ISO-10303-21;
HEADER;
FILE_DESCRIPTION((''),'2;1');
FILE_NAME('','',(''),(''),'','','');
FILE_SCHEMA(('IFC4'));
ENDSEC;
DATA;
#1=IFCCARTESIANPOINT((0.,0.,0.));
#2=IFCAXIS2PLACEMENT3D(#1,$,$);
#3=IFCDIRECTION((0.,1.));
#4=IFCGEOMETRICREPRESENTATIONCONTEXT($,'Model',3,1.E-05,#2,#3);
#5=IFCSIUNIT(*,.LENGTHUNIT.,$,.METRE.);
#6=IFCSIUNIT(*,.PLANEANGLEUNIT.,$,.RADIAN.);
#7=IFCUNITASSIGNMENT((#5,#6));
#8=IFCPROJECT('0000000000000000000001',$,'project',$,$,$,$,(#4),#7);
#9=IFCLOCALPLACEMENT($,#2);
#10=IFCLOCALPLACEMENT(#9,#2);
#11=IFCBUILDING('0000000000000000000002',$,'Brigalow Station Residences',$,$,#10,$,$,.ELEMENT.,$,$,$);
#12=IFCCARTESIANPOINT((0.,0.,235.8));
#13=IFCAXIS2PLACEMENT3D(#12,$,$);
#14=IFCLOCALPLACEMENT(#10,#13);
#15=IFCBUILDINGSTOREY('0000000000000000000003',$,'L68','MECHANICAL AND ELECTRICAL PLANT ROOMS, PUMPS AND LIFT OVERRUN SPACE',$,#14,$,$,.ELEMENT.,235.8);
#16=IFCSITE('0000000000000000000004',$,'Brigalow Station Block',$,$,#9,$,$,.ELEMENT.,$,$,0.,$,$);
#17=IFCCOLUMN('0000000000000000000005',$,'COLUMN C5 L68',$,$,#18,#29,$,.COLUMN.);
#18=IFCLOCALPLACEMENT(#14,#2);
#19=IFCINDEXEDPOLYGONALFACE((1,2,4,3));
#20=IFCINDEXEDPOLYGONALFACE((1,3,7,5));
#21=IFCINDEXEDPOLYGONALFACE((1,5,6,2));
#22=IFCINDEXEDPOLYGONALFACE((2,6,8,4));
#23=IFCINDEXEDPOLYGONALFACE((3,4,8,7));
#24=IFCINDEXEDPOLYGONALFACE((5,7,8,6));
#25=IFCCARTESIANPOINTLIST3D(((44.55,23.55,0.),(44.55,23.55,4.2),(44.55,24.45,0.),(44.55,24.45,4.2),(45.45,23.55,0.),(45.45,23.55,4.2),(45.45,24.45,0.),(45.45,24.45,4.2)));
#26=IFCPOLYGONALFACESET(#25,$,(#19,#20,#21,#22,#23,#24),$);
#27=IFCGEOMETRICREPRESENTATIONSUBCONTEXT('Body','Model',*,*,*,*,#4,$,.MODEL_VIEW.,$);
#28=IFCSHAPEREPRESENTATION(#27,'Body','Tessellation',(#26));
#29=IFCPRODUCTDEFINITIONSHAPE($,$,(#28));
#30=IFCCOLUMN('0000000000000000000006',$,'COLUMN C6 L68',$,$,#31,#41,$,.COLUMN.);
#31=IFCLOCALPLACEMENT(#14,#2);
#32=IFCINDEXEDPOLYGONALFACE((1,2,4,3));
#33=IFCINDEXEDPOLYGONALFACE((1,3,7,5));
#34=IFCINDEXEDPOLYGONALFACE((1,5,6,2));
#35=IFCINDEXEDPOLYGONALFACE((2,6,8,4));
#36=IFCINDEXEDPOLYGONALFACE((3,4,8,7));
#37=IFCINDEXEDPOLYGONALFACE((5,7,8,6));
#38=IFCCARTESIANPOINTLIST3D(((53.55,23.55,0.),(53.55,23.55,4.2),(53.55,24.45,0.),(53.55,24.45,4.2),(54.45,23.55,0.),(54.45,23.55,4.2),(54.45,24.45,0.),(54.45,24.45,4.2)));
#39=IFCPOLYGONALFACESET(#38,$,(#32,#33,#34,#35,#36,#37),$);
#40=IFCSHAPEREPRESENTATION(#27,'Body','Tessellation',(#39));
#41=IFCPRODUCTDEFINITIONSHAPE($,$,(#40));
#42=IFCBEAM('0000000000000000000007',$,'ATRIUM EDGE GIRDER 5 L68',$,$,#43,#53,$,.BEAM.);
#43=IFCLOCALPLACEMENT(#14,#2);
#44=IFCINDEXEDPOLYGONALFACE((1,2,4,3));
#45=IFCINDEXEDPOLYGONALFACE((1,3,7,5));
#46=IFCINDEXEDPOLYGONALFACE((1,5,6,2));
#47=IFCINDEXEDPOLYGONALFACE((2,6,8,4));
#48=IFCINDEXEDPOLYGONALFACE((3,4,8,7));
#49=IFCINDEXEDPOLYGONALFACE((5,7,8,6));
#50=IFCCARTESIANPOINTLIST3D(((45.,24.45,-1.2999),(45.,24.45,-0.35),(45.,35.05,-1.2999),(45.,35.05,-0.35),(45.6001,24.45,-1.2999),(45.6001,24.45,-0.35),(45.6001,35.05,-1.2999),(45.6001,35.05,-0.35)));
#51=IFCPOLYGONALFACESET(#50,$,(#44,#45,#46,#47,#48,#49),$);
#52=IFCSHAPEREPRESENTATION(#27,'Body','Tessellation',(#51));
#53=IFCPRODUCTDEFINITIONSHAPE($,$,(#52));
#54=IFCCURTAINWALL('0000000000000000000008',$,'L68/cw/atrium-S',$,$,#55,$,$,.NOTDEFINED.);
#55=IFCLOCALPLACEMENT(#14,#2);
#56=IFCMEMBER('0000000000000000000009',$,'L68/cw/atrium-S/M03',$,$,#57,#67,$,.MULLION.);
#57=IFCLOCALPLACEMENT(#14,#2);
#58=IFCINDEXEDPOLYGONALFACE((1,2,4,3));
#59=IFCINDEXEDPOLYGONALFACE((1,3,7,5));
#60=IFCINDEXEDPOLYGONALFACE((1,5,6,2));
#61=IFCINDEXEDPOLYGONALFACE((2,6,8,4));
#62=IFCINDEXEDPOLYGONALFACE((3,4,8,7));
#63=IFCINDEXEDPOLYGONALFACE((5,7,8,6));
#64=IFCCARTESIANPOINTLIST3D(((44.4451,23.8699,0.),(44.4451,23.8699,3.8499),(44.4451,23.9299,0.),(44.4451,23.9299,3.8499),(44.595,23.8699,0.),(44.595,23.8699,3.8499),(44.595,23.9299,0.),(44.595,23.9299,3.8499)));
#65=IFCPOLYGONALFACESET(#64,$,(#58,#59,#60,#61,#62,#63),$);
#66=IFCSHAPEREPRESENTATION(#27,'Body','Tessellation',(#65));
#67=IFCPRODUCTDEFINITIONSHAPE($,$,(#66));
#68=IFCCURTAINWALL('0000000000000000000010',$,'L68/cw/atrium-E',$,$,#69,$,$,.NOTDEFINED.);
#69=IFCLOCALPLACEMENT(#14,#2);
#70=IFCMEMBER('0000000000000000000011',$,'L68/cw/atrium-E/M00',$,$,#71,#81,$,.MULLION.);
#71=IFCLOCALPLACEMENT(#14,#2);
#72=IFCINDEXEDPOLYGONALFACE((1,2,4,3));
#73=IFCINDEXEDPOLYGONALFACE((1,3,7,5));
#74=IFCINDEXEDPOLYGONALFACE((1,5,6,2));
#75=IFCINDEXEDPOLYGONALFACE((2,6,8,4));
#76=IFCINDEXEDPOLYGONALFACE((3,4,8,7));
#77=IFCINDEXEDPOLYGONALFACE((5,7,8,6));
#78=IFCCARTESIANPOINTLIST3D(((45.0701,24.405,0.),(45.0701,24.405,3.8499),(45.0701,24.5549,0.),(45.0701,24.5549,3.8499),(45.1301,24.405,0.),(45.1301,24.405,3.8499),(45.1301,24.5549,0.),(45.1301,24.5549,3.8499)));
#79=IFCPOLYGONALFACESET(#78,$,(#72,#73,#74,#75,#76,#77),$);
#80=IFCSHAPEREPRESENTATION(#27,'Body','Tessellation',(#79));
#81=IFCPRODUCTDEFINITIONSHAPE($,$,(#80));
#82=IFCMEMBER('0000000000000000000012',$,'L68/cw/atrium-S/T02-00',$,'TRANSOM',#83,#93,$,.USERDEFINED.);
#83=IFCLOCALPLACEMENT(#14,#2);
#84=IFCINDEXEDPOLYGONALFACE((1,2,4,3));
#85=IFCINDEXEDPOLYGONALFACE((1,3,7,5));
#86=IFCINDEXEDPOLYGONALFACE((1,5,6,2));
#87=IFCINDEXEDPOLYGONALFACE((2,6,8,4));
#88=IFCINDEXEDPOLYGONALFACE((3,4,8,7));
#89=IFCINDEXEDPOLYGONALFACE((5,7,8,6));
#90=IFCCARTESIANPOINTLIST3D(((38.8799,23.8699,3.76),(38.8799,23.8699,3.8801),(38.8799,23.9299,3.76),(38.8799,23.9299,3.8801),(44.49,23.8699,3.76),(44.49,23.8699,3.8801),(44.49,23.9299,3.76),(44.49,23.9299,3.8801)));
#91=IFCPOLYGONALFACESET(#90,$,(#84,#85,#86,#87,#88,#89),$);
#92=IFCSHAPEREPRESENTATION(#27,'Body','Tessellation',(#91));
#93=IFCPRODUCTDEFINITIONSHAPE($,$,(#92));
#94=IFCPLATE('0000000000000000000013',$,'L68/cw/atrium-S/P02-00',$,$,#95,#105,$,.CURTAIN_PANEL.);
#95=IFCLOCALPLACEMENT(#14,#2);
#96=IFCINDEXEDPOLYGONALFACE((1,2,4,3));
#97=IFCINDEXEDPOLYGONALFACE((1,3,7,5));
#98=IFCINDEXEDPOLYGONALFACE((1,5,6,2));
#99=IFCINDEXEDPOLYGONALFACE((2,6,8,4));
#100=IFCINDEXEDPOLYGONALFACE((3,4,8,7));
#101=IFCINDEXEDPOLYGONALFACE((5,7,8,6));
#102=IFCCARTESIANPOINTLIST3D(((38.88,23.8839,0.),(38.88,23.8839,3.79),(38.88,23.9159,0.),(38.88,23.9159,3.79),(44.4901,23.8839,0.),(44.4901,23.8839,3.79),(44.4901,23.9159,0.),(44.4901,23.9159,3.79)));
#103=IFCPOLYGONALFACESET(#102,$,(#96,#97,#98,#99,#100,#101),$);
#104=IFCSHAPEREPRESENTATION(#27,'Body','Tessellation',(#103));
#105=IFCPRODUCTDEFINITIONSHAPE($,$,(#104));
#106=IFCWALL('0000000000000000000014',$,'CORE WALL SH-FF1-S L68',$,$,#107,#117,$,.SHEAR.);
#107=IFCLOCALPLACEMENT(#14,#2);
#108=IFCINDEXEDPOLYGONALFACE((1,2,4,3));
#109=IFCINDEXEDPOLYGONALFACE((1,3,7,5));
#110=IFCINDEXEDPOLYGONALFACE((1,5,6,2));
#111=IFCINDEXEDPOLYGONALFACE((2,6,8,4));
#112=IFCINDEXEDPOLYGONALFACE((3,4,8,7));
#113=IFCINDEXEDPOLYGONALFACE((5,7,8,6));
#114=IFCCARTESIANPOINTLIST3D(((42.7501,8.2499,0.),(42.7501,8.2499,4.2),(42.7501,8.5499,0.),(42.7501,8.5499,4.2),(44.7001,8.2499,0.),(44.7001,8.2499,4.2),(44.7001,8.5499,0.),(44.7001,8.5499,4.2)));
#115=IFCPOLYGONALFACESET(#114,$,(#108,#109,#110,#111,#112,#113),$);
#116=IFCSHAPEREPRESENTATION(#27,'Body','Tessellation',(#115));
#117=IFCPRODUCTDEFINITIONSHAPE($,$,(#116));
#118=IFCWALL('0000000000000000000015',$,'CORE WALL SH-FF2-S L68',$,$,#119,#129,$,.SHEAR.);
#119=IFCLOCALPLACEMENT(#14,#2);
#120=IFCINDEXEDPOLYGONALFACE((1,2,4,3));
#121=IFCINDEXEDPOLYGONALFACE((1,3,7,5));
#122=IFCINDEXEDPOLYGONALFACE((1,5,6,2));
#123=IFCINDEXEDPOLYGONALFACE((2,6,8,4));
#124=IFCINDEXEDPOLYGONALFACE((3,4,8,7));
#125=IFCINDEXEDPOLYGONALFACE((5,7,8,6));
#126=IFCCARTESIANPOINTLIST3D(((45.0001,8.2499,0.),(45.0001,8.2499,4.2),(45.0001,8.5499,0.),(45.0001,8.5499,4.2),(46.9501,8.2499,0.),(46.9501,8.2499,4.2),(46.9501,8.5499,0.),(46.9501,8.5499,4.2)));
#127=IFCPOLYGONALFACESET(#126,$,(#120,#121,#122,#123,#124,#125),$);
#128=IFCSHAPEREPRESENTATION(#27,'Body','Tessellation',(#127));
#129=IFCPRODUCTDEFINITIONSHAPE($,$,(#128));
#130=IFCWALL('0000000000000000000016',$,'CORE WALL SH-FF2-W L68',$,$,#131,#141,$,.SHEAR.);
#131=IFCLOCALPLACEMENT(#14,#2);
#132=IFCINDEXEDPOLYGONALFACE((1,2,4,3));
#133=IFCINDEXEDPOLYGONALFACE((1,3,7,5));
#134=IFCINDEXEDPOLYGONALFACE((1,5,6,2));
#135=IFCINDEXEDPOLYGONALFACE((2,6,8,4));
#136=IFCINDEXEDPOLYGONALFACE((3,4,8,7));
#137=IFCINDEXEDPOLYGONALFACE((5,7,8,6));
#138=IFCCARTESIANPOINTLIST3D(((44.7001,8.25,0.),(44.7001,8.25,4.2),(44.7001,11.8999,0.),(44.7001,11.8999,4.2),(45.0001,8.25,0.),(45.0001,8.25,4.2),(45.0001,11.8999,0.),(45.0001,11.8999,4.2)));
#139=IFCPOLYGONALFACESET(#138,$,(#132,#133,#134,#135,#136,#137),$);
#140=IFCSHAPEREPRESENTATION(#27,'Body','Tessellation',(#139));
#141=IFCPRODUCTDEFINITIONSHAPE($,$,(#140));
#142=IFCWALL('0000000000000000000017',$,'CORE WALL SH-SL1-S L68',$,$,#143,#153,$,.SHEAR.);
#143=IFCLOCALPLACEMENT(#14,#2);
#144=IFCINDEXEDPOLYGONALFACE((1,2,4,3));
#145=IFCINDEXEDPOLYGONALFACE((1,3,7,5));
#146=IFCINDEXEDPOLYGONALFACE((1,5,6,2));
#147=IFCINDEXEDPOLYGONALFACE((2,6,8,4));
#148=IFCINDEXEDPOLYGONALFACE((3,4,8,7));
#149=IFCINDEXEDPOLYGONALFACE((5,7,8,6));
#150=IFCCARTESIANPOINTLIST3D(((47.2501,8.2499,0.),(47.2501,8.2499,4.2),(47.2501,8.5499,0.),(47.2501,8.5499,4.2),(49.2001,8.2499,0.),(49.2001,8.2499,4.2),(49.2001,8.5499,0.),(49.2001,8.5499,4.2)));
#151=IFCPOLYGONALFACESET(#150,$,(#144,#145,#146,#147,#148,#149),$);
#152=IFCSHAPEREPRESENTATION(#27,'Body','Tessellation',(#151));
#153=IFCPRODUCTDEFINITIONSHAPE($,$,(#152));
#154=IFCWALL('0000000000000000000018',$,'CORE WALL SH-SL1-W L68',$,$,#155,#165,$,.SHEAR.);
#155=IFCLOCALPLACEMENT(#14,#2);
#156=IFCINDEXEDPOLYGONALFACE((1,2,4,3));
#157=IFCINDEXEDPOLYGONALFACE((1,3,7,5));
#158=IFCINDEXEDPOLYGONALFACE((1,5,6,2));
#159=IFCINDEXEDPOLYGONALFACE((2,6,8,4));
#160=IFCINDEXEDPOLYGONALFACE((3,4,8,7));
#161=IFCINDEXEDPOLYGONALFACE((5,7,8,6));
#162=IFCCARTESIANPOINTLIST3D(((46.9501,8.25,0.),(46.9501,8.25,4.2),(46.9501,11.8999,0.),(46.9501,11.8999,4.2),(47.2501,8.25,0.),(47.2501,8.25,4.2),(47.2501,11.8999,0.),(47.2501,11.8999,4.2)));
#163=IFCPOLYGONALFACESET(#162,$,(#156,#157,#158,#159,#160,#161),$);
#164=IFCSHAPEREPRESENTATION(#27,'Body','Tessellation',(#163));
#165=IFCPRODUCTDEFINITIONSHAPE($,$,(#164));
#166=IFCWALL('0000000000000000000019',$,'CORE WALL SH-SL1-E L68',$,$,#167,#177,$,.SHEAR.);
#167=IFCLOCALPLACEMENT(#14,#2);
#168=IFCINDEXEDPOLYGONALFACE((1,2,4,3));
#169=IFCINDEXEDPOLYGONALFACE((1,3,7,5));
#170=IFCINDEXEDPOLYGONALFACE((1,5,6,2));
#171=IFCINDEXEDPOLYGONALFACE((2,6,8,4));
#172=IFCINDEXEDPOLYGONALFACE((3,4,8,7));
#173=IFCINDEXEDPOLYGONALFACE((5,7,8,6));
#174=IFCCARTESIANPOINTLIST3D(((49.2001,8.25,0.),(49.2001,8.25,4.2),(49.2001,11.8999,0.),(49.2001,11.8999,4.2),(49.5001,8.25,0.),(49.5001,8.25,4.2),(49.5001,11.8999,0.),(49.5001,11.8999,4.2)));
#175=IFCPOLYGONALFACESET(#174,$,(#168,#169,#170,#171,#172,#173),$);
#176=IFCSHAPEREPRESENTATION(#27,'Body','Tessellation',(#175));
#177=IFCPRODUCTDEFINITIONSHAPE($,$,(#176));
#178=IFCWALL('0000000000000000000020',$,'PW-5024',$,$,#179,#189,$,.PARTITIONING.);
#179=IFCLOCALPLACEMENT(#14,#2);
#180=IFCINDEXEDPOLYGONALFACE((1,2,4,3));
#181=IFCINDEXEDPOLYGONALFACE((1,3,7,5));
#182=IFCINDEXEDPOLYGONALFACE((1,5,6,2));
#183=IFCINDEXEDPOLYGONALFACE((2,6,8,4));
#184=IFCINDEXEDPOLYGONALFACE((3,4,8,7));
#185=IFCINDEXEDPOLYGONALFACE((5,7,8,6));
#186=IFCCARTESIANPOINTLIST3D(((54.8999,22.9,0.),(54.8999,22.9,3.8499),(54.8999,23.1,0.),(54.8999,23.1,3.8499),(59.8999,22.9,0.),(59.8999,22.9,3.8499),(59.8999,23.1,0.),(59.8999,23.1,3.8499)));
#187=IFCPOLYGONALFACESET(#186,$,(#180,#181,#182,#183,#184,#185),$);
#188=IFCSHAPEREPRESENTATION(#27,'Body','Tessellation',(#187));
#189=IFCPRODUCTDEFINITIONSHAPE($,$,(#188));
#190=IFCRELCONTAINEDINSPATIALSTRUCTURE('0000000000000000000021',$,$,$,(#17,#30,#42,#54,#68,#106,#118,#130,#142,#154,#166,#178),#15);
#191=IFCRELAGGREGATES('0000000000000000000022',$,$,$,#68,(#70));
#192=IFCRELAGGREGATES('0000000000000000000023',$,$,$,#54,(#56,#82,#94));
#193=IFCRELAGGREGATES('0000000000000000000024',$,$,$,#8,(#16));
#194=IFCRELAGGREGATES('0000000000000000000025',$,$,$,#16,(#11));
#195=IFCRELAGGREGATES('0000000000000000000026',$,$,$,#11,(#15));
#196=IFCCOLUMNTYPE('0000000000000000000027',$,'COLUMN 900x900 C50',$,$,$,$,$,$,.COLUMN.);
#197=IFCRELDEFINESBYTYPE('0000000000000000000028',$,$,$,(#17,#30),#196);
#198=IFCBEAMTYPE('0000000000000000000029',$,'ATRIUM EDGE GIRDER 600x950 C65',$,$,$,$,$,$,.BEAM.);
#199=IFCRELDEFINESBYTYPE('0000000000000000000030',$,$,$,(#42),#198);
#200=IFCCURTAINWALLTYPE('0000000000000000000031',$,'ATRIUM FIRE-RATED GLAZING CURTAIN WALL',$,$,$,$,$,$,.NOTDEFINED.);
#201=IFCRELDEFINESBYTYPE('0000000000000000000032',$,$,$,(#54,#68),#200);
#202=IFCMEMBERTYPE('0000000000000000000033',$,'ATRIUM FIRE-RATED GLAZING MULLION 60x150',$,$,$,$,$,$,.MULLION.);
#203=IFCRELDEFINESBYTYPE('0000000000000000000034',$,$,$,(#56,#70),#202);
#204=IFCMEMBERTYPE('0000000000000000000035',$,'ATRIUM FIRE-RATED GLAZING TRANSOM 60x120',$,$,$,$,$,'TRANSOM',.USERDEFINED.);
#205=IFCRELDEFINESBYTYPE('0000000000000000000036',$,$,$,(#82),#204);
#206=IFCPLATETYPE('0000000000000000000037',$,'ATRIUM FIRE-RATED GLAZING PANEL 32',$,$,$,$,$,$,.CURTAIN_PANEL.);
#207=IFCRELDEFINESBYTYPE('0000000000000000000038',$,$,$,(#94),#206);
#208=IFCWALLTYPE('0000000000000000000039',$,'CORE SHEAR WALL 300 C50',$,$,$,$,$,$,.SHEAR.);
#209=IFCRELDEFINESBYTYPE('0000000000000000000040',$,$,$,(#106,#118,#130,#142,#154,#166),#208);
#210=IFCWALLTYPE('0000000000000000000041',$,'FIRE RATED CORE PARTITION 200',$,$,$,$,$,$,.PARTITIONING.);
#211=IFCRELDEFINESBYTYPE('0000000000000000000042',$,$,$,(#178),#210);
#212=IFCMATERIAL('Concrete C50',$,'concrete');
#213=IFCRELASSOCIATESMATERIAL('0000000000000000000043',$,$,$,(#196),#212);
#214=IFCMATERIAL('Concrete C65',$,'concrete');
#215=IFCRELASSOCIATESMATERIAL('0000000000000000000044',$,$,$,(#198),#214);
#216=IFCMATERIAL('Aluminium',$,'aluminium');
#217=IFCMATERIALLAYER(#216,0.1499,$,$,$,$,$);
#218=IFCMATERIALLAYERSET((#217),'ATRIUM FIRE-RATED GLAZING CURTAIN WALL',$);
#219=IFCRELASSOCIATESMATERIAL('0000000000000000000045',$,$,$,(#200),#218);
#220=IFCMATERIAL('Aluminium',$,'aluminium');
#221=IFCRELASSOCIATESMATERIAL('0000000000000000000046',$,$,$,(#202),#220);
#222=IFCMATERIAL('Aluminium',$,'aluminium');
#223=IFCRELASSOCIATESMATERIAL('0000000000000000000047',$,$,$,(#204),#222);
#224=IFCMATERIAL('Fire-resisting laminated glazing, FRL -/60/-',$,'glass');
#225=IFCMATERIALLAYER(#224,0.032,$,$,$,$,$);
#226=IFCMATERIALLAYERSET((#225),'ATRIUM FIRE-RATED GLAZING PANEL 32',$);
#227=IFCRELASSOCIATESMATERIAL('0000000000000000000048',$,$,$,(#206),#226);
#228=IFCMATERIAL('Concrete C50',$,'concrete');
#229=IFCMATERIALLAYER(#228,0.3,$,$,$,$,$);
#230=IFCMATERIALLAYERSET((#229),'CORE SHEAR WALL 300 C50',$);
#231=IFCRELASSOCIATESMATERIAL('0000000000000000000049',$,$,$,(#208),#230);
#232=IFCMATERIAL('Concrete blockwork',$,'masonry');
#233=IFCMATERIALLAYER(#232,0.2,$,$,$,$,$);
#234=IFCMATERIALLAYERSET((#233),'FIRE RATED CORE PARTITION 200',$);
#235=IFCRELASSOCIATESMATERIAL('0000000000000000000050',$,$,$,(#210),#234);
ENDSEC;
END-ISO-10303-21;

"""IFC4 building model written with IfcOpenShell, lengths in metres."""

from ifc_helpers import new_model, si_unit, direction, frame, frame_2d, origin, origin_2d, place, context, subcontext, project, spatial, rectangle, extrude, material, layer, layer_set, material_profile, profile_set, type_object, element, aggregate, save


model = new_model("IFC4")

# Units and contexts
model_context = context("Model", 3, precision=1e-05, world=origin(), true_north=direction((0.0, 1.0)))
body_context = subcontext(model_context, "Body", "Model", "MODEL_VIEW")
ifc_project = project(units=[si_unit("LENGTHUNIT", "METRE"), si_unit("PLANEANGLEUNIT", "RADIAN")], contexts=[model_context])

# Site, building, storey
site_placement = place(None, origin())
site = spatial("IfcSite", under=ifc_project, at=site_placement, Name="Brigalow Station Block", CompositionType="ELEMENT", RefElevation=0.0)
building_placement = place(site_placement, origin())
building = spatial("IfcBuilding", under=site, at=building_placement, Name="Brigalow Station Residences", CompositionType="ELEMENT")
storey_placement = place(building_placement, frame((0.0, 0.0, 235.8)))
storey = spatial("IfcBuildingStorey", under=building, at=storey_placement, Name="L68", Description="MECHANICAL AND ELECTRICAL PLANT ROOMS, PUMPS AND LIFT OVERRUN SPACE", CompositionType="ELEMENT", Elevation=235.8)

# Columns
ifc_material_1 = material(Name="Concrete C50", Category="concrete")
ifc_material_profile_1 = material_profile(ifc_material_1, rectangle(XDim=0.8999, YDim=0.8999, at=origin_2d()), Name="RC900x900")
ifc_profile_set_1 = profile_set([ifc_material_profile_1], Name="Concrete C50")
column_type = type_object("IfcColumnType", Name="COLUMN 900x900 C50", PredefinedType="COLUMN", material=ifc_profile_set_1)
for number, where, z_axis, x_axis, name in (
    (1, (45.0, 24.0, 0.0), (0.0, 0.0, 1.0), (1.0, 0.0, 0.0), "COLUMN C5 L68"),
    (2, (54.0, 24.0, 0.0), (0.0, 0.0, 1.0), (1.0, 0.0, 0.0), "COLUMN C6 L68"),
):
    element("IfcColumn", number, at=place(storey_placement, frame(where, z_axis=z_axis, x_axis=x_axis)), inside=storey, type_object=column_type, Name=name, PredefinedType="COLUMN", context=body_context, shape_type="SweptSolid", body=[
        extrude(rectangle(XDim=0.8999, YDim=0.8999, at=origin_2d()), origin(), (0.0, 0.0, 1.0), 4.2),
    ])

# Beam
ifc_material_2 = material(Name="Concrete C65", Category="concrete")
ifc_material_profile_2 = material_profile(ifc_material_2, rectangle(XDim=0.6001, YDim=0.95, at=origin_2d()), Name="RC600x950")
ifc_profile_set_2 = profile_set([ifc_material_profile_2], Name="Concrete C65")
beam_type = type_object("IfcBeamType", Name="ATRIUM EDGE GIRDER 600x950 C65", PredefinedType="BEAM", material=ifc_profile_set_2)
beam_placement = place(storey_placement, frame((45.3, 24.45, -0.825), z_axis=(0.0, 1.0, 0.0), x_axis=(-1.0, 0.0, 0.0)))
element("IfcBeam", 3, at=beam_placement, inside=storey, type_object=beam_type, Name="ATRIUM EDGE GIRDER 5 L68", PredefinedType="BEAM", context=body_context, shape_type="SweptSolid", body=[
    extrude(rectangle(XDim=0.6001, YDim=0.95, at=origin_2d()), origin(), (0.0, 0.0, 1.0), 10.6001),
])

# Curtain walls, members
ifc_material_3 = material(Name="Aluminium", Category="aluminium")
ifc_layer_1 = layer(ifc_material_3, 0.1499)
ifc_layer_set_1 = layer_set([ifc_layer_1], Name="ATRIUM FIRE-RATED GLAZING CURTAIN WALL")
curtain_wall_type = type_object("IfcCurtainWallType", Name="ATRIUM FIRE-RATED GLAZING CURTAIN WALL", PredefinedType="NOTDEFINED", material=ifc_layer_set_1)
curtain_wall_1_placement = place(storey_placement, origin())
curtain_wall_1 = element("IfcCurtainWall", 4, at=curtain_wall_1_placement, inside=storey, type_object=curtain_wall_type, Name="L68/cw/atrium-S", PredefinedType="NOTDEFINED")
ifc_material_4 = material(Name="Aluminium", Category="aluminium")
ifc_material_profile_3 = material_profile(ifc_material_4, rectangle(XDim=0.0601, YDim=0.1499, at=origin_2d()), Name="ATRIUM FIRE-RATED GLAZING MULLION 60x150")
ifc_profile_set_3 = profile_set([ifc_material_profile_3], Name="Aluminium")
member_type_1 = type_object("IfcMemberType", Name="ATRIUM FIRE-RATED GLAZING MULLION 60x150", PredefinedType="MULLION", material=ifc_profile_set_3)
member_1_placement = place(storey_placement, frame((44.52, 23.8999, 0.0), z_axis=(0.0, 0.0, 1.0), x_axis=(0.0, 1.0, 0.0)))
member_1 = element("IfcMember", 5, at=member_1_placement, type_object=member_type_1, Name="L68/cw/atrium-S/M03", PredefinedType="MULLION", context=body_context, shape_type="SweptSolid", body=[
    extrude(rectangle(XDim=0.0601, YDim=0.1499, at=origin_2d()), origin(), (0.0, 0.0, 1.0), 3.8499),
])
curtain_wall_2_placement = place(storey_placement, origin())
curtain_wall_2 = element("IfcCurtainWall", 6, at=curtain_wall_2_placement, inside=storey, type_object=curtain_wall_type, Name="L68/cw/atrium-E", PredefinedType="NOTDEFINED")
member_2_placement = place(storey_placement, frame((45.1001, 24.48, 0.0), z_axis=(0.0, 0.0, 1.0), x_axis=(-1.0, 0.0, 0.0)))
member_2 = element("IfcMember", 7, at=member_2_placement, type_object=member_type_1, Name="L68/cw/atrium-E/M00", PredefinedType="MULLION", context=body_context, shape_type="SweptSolid", body=[
    extrude(rectangle(XDim=0.0601, YDim=0.1499, at=origin_2d()), origin(), (0.0, 0.0, 1.0), 3.8499),
])
aggregate(curtain_wall_2, [member_2])

# Member
ifc_material_5 = material(Name="Aluminium", Category="aluminium")
ifc_material_profile_4 = material_profile(ifc_material_5, rectangle(XDim=0.0601, YDim=0.1201, at=origin_2d()), Name="ATRIUM FIRE-RATED GLAZING TRANSOM 60x120")
ifc_profile_set_4 = profile_set([ifc_material_profile_4], Name="Aluminium")
member_type_2 = type_object("IfcMemberType", Name="ATRIUM FIRE-RATED GLAZING TRANSOM 60x120", ElementType="TRANSOM", PredefinedType="USERDEFINED", material=ifc_profile_set_4)
member_3_placement = place(storey_placement, frame((38.8799, 23.8999, 3.8201), z_axis=(1.0, 0.0, 0.0), x_axis=(0.0, 1.0, 0.0)))
member_3 = element("IfcMember", 8, at=member_3_placement, type_object=member_type_2, Name="L68/cw/atrium-S/T02-00", ObjectType="TRANSOM", PredefinedType="USERDEFINED", context=body_context, shape_type="SweptSolid", body=[
    extrude(rectangle(XDim=0.0601, YDim=0.1201, at=origin_2d()), origin(), (0.0, 0.0, 1.0), 5.6101),
])

# Plate
ifc_material_6 = material(Name="Fire-resisting laminated glazing, FRL -/60/-", Category="glass")
ifc_layer_2 = layer(ifc_material_6, 0.032)
ifc_layer_set_2 = layer_set([ifc_layer_2], Name="ATRIUM FIRE-RATED GLAZING PANEL 32")
plate_type = type_object("IfcPlateType", Name="ATRIUM FIRE-RATED GLAZING PANEL 32", PredefinedType="CURTAIN_PANEL", material=ifc_layer_set_2)
plate_placement = place(storey_placement, frame((41.6851, 23.8999, 0.0), z_axis=(0.0, 0.0, 1.0), x_axis=(1.0, 0.0, 0.0)))
plate = element("IfcPlate", 9, at=plate_placement, type_object=plate_type, Name="L68/cw/atrium-S/P02-00", PredefinedType="CURTAIN_PANEL", context=body_context, shape_type="SweptSolid", body=[
    extrude(rectangle(XDim=5.6101, YDim=0.032, at=origin_2d()), origin(), (0.0, 0.0, 1.0), 3.79),
])
aggregate(curtain_wall_1, [member_1, member_3, plate])

# Walls
ifc_material_7 = material(Name="Concrete C50", Category="concrete")
ifc_layer_3 = layer(ifc_material_7, 0.3)
ifc_layer_set_3 = layer_set([ifc_layer_3], Name="CORE SHEAR WALL 300 C50")
wall_type_1 = type_object("IfcWallType", Name="CORE SHEAR WALL 300 C50", PredefinedType="SHEAR", material=ifc_layer_set_3)
for number, where, z_axis, x_axis, name in (
    (10, (42.75, 8.3999, 0.0), (0.0, 0.0, 1.0), (1.0, 0.0, 0.0), "CORE WALL SH-FF1-S L68"),
    (11, (45.0, 8.3999, 0.0), (0.0, 0.0, 1.0), (1.0, 0.0, 0.0), "CORE WALL SH-FF2-S L68"),
):
    element("IfcWall", number, at=place(storey_placement, frame(where, z_axis=z_axis, x_axis=x_axis)), inside=storey, type_object=wall_type_1, Name=name, PredefinedType="SHEAR", context=body_context, shape_type="SweptSolid", body=[
        extrude(rectangle(XDim=1.95, YDim=0.3, at=frame_2d((0.9751, 0.0))), origin(), (0.0, 0.0, 1.0), 4.2),
    ])
wall_1_placement = place(storey_placement, frame((44.8501, 8.25, 0.0), z_axis=(0.0, 0.0, 1.0), x_axis=(0.0, 1.0, 0.0)))
element("IfcWall", 12, at=wall_1_placement, inside=storey, type_object=wall_type_1, Name="CORE WALL SH-FF2-W L68", PredefinedType="SHEAR", context=body_context, shape_type="SweptSolid", body=[
    extrude(rectangle(XDim=3.6499, YDim=0.3, at=frame_2d((1.825, 0.0))), origin(), (0.0, 0.0, 1.0), 4.2),
])
wall_2_placement = place(storey_placement, frame((47.25, 8.3999, 0.0), z_axis=(0.0, 0.0, 1.0), x_axis=(1.0, 0.0, 0.0)))
element("IfcWall", 13, at=wall_2_placement, inside=storey, type_object=wall_type_1, Name="CORE WALL SH-SL1-S L68", PredefinedType="SHEAR", context=body_context, shape_type="SweptSolid", body=[
    extrude(rectangle(XDim=1.95, YDim=0.3, at=frame_2d((0.9751, 0.0))), origin(), (0.0, 0.0, 1.0), 4.2),
])
for number, where, z_axis, x_axis, name in (
    (14, (47.1001, 8.25, 0.0), (0.0, 0.0, 1.0), (0.0, 1.0, 0.0), "CORE WALL SH-SL1-W L68"),
    (15, (49.3501, 8.25, 0.0), (0.0, 0.0, 1.0), (0.0, 1.0, 0.0), "CORE WALL SH-SL1-E L68"),
):
    element("IfcWall", number, at=place(storey_placement, frame(where, z_axis=z_axis, x_axis=x_axis)), inside=storey, type_object=wall_type_1, Name=name, PredefinedType="SHEAR", context=body_context, shape_type="SweptSolid", body=[
        extrude(rectangle(XDim=3.6499, YDim=0.3, at=frame_2d((1.825, 0.0))), origin(), (0.0, 0.0, 1.0), 4.2),
    ])
ifc_material_8 = material(Name="Concrete blockwork", Category="masonry")
ifc_layer_4 = layer(ifc_material_8, 0.2)
ifc_layer_set_4 = layer_set([ifc_layer_4], Name="FIRE RATED CORE PARTITION 200")
wall_type_2 = type_object("IfcWallType", Name="FIRE RATED CORE PARTITION 200", PredefinedType="PARTITIONING", material=ifc_layer_set_4)
wall_3_placement = place(storey_placement, frame((54.8999, 23.0, 0.0), z_axis=(0.0, 0.0, 1.0), x_axis=(1.0, 0.0, 0.0)))
element("IfcWall", 16, at=wall_3_placement, inside=storey, type_object=wall_type_2, Name="PW-5024", PredefinedType="PARTITIONING", context=body_context, shape_type="SweptSolid", body=[
    extrude(rectangle(XDim=5.0, YDim=0.2, at=frame_2d((2.5, 0.0))), origin(), (0.0, 0.0, 1.0), 3.8499),
])

save(model, "model.ifc")
